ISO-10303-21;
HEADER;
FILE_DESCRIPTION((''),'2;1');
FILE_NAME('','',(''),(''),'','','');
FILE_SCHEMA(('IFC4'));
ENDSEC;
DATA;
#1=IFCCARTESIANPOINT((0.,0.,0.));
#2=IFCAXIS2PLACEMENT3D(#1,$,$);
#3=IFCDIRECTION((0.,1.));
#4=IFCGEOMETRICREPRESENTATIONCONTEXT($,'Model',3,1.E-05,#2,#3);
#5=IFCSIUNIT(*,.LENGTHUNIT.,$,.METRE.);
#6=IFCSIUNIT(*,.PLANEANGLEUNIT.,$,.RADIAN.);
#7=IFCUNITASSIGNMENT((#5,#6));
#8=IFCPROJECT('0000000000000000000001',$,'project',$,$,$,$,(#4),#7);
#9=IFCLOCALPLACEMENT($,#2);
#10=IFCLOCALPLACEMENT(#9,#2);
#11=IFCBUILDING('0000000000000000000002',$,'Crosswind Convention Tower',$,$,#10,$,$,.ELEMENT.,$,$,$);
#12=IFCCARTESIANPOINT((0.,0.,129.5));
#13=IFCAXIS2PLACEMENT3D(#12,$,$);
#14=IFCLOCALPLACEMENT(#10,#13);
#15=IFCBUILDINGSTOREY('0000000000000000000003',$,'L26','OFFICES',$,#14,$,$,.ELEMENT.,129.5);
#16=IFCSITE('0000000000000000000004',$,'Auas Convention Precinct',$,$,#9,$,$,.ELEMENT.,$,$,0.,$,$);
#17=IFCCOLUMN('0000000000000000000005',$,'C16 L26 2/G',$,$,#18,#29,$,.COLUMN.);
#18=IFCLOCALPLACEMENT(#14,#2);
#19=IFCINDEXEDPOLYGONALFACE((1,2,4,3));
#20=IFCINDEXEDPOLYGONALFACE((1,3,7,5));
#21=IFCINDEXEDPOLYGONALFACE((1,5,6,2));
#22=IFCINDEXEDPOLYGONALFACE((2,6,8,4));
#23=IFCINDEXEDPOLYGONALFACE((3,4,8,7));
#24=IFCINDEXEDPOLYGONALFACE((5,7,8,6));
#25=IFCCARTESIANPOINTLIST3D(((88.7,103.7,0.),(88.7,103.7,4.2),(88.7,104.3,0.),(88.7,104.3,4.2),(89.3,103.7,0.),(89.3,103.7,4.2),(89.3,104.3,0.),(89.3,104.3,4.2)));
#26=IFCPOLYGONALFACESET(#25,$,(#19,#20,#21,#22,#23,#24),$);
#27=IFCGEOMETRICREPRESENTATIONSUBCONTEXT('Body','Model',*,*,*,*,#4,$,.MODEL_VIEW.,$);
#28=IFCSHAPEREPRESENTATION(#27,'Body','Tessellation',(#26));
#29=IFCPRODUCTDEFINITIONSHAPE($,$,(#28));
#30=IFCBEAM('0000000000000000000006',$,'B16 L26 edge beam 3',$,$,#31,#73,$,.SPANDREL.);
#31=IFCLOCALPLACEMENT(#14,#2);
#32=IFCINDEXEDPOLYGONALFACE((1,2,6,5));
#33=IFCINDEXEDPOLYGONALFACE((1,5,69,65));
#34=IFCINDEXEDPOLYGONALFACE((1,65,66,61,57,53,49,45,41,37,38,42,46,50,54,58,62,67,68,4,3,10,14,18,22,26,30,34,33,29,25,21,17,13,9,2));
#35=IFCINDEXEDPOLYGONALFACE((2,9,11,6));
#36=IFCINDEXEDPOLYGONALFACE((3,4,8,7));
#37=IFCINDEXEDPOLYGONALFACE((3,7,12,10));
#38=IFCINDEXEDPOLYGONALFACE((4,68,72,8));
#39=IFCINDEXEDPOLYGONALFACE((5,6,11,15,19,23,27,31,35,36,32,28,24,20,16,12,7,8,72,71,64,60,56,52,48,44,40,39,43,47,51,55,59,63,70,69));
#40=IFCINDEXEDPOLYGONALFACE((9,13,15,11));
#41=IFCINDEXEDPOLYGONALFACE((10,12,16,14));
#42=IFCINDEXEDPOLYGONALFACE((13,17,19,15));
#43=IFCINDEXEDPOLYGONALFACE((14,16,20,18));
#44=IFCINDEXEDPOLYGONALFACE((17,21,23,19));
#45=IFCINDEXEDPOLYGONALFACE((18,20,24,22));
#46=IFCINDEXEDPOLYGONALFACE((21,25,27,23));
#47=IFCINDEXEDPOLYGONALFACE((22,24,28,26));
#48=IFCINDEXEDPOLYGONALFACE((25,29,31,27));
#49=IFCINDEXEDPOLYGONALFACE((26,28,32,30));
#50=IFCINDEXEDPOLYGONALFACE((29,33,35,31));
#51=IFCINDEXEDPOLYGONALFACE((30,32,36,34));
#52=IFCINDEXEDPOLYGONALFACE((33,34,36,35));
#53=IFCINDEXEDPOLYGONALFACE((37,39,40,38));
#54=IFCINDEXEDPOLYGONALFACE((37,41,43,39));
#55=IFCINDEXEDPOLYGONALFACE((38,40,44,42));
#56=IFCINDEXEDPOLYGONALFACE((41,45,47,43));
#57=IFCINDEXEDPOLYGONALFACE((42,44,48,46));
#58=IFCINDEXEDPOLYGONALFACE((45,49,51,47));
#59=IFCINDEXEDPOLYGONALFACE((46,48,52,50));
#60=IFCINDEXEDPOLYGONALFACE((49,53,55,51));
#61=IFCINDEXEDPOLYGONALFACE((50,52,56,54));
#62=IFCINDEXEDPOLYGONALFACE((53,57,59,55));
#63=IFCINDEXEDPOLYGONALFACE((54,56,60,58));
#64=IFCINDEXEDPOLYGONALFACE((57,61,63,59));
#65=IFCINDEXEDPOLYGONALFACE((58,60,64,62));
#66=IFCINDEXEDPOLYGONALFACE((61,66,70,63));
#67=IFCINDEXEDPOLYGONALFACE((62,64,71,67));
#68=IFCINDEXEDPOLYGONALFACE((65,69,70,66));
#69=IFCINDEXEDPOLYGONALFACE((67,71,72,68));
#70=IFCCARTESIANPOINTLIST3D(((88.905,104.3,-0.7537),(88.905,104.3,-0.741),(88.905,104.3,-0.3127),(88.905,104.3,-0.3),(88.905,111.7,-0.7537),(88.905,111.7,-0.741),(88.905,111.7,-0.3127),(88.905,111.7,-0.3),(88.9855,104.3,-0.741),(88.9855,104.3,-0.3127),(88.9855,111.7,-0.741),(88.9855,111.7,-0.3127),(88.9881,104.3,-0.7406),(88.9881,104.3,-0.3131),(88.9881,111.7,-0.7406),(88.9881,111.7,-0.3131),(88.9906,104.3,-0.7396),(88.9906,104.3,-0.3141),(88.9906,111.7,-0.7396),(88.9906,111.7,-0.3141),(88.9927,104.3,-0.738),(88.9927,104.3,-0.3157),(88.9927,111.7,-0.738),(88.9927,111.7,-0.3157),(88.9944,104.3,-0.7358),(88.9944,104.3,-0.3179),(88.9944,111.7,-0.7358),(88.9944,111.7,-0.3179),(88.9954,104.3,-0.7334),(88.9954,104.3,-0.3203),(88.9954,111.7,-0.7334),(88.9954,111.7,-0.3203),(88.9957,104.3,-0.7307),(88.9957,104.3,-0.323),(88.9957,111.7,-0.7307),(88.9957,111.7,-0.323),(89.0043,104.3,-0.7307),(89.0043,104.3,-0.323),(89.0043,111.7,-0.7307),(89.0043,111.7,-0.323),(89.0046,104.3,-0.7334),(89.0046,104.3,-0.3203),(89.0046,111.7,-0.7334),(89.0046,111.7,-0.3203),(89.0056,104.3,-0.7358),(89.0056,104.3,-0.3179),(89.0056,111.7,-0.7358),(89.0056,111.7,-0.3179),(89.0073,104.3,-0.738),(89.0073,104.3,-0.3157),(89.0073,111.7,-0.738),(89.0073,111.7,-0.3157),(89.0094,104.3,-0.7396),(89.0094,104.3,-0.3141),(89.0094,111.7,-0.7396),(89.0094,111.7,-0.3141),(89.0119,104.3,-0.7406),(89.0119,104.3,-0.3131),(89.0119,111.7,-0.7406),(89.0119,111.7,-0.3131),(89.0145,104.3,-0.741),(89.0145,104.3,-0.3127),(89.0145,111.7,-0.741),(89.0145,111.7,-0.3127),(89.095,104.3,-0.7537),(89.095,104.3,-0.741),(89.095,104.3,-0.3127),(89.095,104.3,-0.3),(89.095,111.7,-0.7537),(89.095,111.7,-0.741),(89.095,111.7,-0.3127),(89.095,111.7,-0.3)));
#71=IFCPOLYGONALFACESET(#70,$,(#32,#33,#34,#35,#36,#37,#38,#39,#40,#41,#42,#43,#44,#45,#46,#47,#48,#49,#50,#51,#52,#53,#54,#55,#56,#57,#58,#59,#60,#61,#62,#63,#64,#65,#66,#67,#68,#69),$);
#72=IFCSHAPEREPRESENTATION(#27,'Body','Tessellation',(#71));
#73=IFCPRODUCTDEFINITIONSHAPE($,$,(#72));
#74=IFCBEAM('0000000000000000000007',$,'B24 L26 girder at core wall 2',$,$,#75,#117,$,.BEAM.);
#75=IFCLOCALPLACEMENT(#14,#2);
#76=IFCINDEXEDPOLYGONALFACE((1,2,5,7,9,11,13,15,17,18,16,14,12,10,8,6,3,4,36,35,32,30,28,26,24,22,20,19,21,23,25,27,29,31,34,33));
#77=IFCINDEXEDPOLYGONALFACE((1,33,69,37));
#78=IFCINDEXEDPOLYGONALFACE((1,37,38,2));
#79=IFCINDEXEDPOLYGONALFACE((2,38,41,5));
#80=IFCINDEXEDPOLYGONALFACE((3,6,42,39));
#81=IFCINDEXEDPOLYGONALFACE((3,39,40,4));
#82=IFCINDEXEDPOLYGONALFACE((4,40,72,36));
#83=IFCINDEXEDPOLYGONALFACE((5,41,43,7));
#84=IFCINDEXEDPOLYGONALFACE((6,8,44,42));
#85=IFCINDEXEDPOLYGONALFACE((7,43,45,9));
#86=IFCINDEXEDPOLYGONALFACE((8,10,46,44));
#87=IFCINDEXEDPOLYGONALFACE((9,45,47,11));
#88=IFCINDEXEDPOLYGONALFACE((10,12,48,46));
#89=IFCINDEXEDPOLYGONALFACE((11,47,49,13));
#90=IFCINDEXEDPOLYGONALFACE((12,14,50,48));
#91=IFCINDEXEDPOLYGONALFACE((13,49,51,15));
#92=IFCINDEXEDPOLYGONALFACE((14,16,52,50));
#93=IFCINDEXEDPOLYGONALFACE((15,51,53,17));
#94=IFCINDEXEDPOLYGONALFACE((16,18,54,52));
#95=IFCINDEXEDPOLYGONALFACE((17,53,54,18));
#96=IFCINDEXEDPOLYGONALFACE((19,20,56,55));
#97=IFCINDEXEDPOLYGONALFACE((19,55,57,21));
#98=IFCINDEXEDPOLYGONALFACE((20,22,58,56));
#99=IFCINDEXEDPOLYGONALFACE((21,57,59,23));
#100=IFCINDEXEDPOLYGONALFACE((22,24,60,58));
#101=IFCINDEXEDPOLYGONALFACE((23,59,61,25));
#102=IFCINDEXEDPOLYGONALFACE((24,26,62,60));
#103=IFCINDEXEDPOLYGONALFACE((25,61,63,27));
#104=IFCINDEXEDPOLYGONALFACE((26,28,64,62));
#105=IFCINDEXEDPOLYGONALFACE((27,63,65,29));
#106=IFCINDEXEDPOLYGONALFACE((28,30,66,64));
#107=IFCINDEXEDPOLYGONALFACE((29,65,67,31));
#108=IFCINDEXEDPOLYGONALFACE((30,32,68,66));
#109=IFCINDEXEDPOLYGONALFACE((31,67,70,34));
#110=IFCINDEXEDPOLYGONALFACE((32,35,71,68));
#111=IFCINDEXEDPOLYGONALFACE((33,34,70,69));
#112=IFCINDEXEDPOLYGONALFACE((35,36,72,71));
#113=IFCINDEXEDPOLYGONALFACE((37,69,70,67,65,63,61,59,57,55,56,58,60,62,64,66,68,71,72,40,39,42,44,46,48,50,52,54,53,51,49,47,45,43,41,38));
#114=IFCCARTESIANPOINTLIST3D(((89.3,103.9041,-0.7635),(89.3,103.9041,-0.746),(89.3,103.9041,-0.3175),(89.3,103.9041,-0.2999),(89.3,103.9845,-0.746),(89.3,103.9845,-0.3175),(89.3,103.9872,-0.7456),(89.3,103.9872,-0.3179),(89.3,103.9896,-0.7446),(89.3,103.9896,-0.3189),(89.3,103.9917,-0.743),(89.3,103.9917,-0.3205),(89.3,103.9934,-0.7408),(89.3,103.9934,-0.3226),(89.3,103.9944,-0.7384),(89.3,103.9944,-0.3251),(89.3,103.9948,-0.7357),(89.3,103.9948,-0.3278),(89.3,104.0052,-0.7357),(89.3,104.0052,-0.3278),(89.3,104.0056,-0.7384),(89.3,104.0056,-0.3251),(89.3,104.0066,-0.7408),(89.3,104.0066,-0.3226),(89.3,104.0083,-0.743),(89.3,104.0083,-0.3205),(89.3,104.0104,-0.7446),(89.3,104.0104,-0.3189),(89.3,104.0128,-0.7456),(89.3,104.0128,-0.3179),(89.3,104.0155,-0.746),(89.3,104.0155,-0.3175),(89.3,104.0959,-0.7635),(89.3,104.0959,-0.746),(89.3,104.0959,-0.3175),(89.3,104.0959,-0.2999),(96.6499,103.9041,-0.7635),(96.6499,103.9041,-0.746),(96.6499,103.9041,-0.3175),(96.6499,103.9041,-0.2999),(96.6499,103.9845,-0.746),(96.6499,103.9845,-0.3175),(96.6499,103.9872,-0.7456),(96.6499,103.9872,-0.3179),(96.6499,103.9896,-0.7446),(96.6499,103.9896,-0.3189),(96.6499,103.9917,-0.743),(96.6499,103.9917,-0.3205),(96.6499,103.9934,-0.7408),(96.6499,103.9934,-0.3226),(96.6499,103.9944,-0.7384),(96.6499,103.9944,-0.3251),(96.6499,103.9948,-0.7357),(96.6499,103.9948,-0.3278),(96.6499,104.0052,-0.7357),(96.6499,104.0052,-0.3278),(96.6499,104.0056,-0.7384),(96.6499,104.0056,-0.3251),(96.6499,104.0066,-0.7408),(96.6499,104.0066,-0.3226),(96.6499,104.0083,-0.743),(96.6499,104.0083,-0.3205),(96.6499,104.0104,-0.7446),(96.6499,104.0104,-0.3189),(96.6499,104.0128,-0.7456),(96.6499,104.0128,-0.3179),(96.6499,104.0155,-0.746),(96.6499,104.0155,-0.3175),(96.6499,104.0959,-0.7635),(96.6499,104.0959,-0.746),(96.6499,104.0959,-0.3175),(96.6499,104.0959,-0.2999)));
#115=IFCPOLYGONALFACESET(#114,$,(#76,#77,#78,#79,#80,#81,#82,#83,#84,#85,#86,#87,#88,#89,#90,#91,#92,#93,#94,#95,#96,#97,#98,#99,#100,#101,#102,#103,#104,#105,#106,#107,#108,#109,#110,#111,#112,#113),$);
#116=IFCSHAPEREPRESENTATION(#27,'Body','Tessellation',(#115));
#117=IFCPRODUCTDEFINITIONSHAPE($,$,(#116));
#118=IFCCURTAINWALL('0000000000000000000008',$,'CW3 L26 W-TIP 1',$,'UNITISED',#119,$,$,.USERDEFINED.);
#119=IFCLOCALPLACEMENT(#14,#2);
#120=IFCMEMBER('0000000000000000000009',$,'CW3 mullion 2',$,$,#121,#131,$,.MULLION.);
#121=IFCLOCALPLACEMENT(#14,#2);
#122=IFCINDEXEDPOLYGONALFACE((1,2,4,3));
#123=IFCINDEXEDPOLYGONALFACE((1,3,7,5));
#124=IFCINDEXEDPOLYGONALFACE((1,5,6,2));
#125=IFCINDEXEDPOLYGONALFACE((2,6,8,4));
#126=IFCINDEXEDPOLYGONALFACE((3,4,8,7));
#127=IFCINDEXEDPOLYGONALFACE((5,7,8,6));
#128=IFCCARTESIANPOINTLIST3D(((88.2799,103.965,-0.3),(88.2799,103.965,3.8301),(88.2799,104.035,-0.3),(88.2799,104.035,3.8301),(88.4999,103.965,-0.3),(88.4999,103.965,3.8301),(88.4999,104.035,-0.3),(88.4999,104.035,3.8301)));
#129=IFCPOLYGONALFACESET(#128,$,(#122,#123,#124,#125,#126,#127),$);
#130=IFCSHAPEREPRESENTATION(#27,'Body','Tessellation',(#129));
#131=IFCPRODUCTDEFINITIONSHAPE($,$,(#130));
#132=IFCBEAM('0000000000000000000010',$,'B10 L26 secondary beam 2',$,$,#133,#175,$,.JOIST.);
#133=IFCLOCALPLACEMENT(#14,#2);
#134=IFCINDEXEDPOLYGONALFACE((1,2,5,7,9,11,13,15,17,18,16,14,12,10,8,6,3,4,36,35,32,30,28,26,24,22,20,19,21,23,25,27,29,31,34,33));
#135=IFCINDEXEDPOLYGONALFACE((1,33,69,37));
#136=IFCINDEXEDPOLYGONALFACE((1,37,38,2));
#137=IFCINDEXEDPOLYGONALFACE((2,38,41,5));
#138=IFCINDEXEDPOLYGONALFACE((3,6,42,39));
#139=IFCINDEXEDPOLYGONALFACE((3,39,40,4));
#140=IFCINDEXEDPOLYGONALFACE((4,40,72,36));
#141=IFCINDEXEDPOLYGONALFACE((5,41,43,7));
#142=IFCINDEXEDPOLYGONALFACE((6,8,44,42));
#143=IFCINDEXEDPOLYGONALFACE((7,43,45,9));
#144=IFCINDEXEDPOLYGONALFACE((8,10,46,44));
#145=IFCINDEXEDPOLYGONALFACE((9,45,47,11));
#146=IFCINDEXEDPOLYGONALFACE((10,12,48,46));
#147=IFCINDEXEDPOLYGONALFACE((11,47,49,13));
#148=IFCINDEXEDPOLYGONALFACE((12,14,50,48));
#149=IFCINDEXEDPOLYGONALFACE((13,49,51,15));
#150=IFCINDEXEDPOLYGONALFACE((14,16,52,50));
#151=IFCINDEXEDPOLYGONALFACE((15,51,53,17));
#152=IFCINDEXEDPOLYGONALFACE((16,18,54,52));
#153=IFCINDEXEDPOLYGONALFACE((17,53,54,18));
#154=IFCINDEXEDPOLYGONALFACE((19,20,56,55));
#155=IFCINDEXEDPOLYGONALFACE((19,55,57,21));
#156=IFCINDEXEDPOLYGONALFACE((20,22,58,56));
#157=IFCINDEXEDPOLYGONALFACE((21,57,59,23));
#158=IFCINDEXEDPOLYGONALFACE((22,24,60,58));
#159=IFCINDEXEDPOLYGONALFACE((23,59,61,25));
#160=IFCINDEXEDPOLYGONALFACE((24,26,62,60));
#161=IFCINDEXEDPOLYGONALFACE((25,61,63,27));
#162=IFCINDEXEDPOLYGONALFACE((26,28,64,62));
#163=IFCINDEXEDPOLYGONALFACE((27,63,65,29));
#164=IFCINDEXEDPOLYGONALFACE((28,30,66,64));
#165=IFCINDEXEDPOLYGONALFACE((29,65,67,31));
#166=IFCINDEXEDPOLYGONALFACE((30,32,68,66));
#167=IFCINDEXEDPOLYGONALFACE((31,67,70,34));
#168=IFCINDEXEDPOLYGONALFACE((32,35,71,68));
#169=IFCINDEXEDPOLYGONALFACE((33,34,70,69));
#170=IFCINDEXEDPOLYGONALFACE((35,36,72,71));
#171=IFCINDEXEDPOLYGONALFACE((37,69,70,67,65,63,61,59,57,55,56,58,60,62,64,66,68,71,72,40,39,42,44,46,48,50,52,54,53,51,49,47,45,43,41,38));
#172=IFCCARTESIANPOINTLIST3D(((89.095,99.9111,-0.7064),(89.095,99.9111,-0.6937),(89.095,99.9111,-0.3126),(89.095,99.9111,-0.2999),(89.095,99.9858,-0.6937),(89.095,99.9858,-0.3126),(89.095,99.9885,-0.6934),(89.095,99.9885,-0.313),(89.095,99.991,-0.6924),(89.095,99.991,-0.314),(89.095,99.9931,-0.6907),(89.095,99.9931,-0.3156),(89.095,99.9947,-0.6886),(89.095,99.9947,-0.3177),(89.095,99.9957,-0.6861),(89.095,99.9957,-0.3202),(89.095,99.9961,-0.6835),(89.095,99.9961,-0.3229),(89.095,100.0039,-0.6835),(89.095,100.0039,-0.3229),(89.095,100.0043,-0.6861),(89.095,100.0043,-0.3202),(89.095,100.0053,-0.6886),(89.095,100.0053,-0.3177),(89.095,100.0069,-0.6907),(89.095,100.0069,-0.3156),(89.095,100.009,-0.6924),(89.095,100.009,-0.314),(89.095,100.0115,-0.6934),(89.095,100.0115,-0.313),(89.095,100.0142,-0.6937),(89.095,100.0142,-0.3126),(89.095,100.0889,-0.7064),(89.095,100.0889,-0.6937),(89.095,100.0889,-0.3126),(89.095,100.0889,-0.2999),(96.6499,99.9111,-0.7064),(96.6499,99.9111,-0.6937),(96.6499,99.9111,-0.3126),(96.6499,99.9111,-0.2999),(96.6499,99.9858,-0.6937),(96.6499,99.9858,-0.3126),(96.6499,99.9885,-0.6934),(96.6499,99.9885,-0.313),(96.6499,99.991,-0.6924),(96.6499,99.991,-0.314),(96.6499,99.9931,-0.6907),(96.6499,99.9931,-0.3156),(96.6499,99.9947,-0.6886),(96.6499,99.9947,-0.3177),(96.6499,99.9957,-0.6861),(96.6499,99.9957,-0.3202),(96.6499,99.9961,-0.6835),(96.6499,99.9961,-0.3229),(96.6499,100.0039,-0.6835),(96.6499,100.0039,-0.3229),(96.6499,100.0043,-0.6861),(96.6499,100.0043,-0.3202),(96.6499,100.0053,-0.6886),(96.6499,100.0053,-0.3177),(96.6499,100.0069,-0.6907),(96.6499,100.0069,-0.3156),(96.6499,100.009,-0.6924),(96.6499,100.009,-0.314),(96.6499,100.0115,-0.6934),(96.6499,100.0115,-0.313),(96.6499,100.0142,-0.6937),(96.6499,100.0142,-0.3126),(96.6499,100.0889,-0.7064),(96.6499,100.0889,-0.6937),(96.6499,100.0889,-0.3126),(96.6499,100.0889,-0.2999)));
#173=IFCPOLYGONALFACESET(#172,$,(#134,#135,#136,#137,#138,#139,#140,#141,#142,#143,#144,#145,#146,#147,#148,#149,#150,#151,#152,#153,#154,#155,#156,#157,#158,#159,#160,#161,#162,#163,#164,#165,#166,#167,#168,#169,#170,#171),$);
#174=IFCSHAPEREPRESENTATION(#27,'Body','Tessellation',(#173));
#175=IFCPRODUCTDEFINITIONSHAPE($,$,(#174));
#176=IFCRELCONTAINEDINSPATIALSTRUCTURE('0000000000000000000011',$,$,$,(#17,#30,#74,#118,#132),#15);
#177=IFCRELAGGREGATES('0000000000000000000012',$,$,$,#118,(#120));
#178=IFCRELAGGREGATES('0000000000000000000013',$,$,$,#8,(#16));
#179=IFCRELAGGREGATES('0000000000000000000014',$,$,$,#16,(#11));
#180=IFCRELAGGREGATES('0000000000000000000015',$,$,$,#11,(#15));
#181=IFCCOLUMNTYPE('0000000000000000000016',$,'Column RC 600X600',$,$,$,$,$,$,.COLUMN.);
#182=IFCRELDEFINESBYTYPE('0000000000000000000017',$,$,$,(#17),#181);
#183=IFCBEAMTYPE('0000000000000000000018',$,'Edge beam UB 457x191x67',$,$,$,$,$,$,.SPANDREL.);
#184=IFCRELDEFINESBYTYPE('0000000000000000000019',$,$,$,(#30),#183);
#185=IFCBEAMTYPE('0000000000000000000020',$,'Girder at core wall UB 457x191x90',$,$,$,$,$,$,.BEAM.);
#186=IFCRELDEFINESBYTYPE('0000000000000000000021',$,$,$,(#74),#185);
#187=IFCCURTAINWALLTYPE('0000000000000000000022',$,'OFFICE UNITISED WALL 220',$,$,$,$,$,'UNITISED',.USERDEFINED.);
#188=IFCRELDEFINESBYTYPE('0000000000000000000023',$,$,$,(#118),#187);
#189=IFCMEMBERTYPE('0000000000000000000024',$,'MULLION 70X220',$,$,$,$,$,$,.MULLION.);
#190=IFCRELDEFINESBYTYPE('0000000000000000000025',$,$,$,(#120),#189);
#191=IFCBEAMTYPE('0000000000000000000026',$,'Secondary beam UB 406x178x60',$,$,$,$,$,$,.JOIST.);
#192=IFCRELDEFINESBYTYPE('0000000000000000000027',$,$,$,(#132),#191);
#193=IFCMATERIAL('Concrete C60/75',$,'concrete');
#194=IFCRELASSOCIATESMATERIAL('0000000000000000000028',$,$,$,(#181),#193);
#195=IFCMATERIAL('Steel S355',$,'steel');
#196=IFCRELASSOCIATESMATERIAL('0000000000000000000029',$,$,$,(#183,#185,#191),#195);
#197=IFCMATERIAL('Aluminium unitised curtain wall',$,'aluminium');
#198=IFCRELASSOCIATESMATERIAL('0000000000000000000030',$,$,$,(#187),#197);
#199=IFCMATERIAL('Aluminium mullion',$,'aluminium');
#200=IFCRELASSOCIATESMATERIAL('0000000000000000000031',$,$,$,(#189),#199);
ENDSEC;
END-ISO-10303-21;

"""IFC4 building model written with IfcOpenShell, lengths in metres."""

from ifc_helpers import new_model, si_unit, direction, frame, origin, origin_2d, place, context, subcontext, project, spatial, rectangle, i_section, extrude, material, material_profile, profile_set, type_object, element, aggregate, save


model = new_model("IFC4")

# Units and contexts
model_context = context("Model", 3, precision=1e-05, world=origin(), true_north=direction((0.0, 1.0)))
body_context = subcontext(model_context, "Body", "Model", "MODEL_VIEW")
ifc_project = project(units=[si_unit("LENGTHUNIT", "METRE"), si_unit("PLANEANGLEUNIT", "RADIAN")], contexts=[model_context])

# Site, building, storey
site_placement = place(None, origin())
site = spatial("IfcSite", under=ifc_project, at=site_placement, Name="Auas Convention Precinct", CompositionType="ELEMENT", RefElevation=0.0)
building_placement = place(site_placement, origin())
building = spatial("IfcBuilding", under=site, at=building_placement, Name="Crosswind Convention Tower", CompositionType="ELEMENT")
storey_placement = place(building_placement, frame((0.0, 0.0, 129.5)))
storey = spatial("IfcBuildingStorey", under=building, at=storey_placement, Name="L26", Description="OFFICES", CompositionType="ELEMENT", Elevation=129.5)

# Column
ifc_material_1 = material(Name="Concrete C60/75", Category="concrete")
ifc_material_profile_1 = material_profile(ifc_material_1, rectangle(XDim=0.6001, YDim=0.6001, at=origin_2d()), Name="RC 600X600")
ifc_profile_set_1 = profile_set([ifc_material_profile_1], Name="Concrete C60/75")
column_type = type_object("IfcColumnType", Name="Column RC 600X600", PredefinedType="COLUMN", material=ifc_profile_set_1)
column_placement = place(storey_placement, frame((89.0, 104.0, 0.0), z_axis=(0.0, 0.0, 1.0), x_axis=(1.0, 0.0, 0.0)))
element("IfcColumn", 1, at=column_placement, inside=storey, type_object=column_type, Name="C16 L26 2/G", PredefinedType="COLUMN", context=body_context, shape_type="SweptSolid", body=[
    extrude(rectangle(XDim=0.6001, YDim=0.6001, at=origin_2d()), origin(), (0.0, 0.0, 1.0), 4.2),
])

# Beams
ifc_material_2 = material(Name="Steel S355", Category="steel")
ifc_material_profile_2 = material_profile(ifc_material_2, i_section(OverallWidth=0.1899, OverallDepth=0.4536, WebThickness=0.0085, FlangeThickness=0.0127, FilletRadius=0.0103, at=origin_2d()), Name="UB 457x191x67")
ifc_profile_set_2 = profile_set([ifc_material_profile_2], Name="Steel S355")
beam_type_1 = type_object("IfcBeamType", Name="Edge beam UB 457x191x67", PredefinedType="SPANDREL", material=ifc_profile_set_2)
beam_1_placement = place(storey_placement, frame((89.0, 104.3, -0.5269), z_axis=(0.0, 1.0, 0.0), x_axis=(-1.0, 0.0, 0.0)))
element("IfcBeam", 2, at=beam_1_placement, inside=storey, type_object=beam_type_1, Name="B16 L26 edge beam 3", PredefinedType="SPANDREL", context=body_context, shape_type="SweptSolid", body=[
    extrude(i_section(OverallWidth=0.1899, OverallDepth=0.4536, WebThickness=0.0085, FlangeThickness=0.0127, FilletRadius=0.0103, at=origin_2d()), origin(), (0.0, 0.0, 1.0), 7.3999),
])
ifc_material_profile_3 = material_profile(ifc_material_2, i_section(OverallWidth=0.1919, OverallDepth=0.4636, WebThickness=0.0105, FlangeThickness=0.0176, FilletRadius=0.0103, at=origin_2d()), Name="UB 457x191x90")
ifc_profile_set_3 = profile_set([ifc_material_profile_3], Name="Steel S355")
beam_type_2 = type_object("IfcBeamType", Name="Girder at core wall UB 457x191x90", PredefinedType="BEAM", material=ifc_profile_set_3)
beam_2_placement = place(storey_placement, frame((89.3, 104.0, -0.5317), z_axis=(1.0, 0.0, 0.0), x_axis=(0.0, 1.0, 0.0)))
element("IfcBeam", 3, at=beam_2_placement, inside=storey, type_object=beam_type_2, Name="B24 L26 girder at core wall 2", PredefinedType="BEAM", context=body_context, shape_type="SweptSolid", body=[
    extrude(i_section(OverallWidth=0.1919, OverallDepth=0.4636, WebThickness=0.0105, FlangeThickness=0.0176, FilletRadius=0.0103, at=origin_2d()), origin(), (0.0, 0.0, 1.0), 7.3499),
])

# Curtain wall, member
ifc_material_3 = material(Name="Aluminium unitised curtain wall", Category="aluminium")
curtain_wall_type = type_object("IfcCurtainWallType", Name="OFFICE UNITISED WALL 220", ElementType="UNITISED", PredefinedType="USERDEFINED", material=ifc_material_3)
curtain_wall_placement = place(storey_placement, origin())
curtain_wall = element("IfcCurtainWall", 4, at=curtain_wall_placement, inside=storey, type_object=curtain_wall_type, Name="CW3 L26 W-TIP 1", ObjectType="UNITISED", PredefinedType="USERDEFINED")
ifc_material_4 = material(Name="Aluminium mullion", Category="aluminium")
ifc_material_profile_4 = material_profile(ifc_material_4, rectangle(XDim=0.22, YDim=0.0701, at=origin_2d()), Name="AL 220X70")
ifc_profile_set_4 = profile_set([ifc_material_profile_4], Name="Aluminium mullion")
member_type = type_object("IfcMemberType", Name="MULLION 70X220", PredefinedType="MULLION", material=ifc_profile_set_4)
member_placement = place(storey_placement, frame((88.3899, 104.0, -0.3), z_axis=(0.0, 0.0, 1.0), x_axis=(-1.0, 0.0, 0.0)))
member = element("IfcMember", 5, at=member_placement, type_object=member_type, Name="CW3 mullion 2", PredefinedType="MULLION", context=body_context, shape_type="SweptSolid", body=[
    extrude(rectangle(XDim=0.22, YDim=0.0701, at=origin_2d()), origin(), (0.0, 0.0, 1.0), 4.1301),
])

# Beam
ifc_material_profile_5 = material_profile(ifc_material_2, i_section(OverallWidth=0.1777, OverallDepth=0.4065, WebThickness=0.0078, FlangeThickness=0.0127, FilletRadius=0.0103, at=origin_2d()), Name="UB 406x178x60")
ifc_profile_set_5 = profile_set([ifc_material_profile_5], Name="Steel S355")
beam_type_3 = type_object("IfcBeamType", Name="Secondary beam UB 406x178x60", PredefinedType="JOIST", material=ifc_profile_set_5)
for number, where, z_axis, x_axis, name in (
    (6, (89.095, 100.0, -0.5032), (1.0, 0.0, 0.0), (0.0, 1.0, 0.0), "B10 L26 secondary beam 2"),
):
    element("IfcBeam", number, at=place(storey_placement, frame(where, z_axis=z_axis, x_axis=x_axis)), inside=storey, type_object=beam_type_3, Name=name, PredefinedType="JOIST", context=body_context, shape_type="SweptSolid", body=[
        extrude(i_section(OverallWidth=0.1777, OverallDepth=0.4065, WebThickness=0.0078, FlangeThickness=0.0127, FilletRadius=0.0103, at=origin_2d()), origin(), (0.0, 0.0, 1.0), 7.5549),
    ])

aggregate(curtain_wall, [member])

save(model, "model.ifc")
